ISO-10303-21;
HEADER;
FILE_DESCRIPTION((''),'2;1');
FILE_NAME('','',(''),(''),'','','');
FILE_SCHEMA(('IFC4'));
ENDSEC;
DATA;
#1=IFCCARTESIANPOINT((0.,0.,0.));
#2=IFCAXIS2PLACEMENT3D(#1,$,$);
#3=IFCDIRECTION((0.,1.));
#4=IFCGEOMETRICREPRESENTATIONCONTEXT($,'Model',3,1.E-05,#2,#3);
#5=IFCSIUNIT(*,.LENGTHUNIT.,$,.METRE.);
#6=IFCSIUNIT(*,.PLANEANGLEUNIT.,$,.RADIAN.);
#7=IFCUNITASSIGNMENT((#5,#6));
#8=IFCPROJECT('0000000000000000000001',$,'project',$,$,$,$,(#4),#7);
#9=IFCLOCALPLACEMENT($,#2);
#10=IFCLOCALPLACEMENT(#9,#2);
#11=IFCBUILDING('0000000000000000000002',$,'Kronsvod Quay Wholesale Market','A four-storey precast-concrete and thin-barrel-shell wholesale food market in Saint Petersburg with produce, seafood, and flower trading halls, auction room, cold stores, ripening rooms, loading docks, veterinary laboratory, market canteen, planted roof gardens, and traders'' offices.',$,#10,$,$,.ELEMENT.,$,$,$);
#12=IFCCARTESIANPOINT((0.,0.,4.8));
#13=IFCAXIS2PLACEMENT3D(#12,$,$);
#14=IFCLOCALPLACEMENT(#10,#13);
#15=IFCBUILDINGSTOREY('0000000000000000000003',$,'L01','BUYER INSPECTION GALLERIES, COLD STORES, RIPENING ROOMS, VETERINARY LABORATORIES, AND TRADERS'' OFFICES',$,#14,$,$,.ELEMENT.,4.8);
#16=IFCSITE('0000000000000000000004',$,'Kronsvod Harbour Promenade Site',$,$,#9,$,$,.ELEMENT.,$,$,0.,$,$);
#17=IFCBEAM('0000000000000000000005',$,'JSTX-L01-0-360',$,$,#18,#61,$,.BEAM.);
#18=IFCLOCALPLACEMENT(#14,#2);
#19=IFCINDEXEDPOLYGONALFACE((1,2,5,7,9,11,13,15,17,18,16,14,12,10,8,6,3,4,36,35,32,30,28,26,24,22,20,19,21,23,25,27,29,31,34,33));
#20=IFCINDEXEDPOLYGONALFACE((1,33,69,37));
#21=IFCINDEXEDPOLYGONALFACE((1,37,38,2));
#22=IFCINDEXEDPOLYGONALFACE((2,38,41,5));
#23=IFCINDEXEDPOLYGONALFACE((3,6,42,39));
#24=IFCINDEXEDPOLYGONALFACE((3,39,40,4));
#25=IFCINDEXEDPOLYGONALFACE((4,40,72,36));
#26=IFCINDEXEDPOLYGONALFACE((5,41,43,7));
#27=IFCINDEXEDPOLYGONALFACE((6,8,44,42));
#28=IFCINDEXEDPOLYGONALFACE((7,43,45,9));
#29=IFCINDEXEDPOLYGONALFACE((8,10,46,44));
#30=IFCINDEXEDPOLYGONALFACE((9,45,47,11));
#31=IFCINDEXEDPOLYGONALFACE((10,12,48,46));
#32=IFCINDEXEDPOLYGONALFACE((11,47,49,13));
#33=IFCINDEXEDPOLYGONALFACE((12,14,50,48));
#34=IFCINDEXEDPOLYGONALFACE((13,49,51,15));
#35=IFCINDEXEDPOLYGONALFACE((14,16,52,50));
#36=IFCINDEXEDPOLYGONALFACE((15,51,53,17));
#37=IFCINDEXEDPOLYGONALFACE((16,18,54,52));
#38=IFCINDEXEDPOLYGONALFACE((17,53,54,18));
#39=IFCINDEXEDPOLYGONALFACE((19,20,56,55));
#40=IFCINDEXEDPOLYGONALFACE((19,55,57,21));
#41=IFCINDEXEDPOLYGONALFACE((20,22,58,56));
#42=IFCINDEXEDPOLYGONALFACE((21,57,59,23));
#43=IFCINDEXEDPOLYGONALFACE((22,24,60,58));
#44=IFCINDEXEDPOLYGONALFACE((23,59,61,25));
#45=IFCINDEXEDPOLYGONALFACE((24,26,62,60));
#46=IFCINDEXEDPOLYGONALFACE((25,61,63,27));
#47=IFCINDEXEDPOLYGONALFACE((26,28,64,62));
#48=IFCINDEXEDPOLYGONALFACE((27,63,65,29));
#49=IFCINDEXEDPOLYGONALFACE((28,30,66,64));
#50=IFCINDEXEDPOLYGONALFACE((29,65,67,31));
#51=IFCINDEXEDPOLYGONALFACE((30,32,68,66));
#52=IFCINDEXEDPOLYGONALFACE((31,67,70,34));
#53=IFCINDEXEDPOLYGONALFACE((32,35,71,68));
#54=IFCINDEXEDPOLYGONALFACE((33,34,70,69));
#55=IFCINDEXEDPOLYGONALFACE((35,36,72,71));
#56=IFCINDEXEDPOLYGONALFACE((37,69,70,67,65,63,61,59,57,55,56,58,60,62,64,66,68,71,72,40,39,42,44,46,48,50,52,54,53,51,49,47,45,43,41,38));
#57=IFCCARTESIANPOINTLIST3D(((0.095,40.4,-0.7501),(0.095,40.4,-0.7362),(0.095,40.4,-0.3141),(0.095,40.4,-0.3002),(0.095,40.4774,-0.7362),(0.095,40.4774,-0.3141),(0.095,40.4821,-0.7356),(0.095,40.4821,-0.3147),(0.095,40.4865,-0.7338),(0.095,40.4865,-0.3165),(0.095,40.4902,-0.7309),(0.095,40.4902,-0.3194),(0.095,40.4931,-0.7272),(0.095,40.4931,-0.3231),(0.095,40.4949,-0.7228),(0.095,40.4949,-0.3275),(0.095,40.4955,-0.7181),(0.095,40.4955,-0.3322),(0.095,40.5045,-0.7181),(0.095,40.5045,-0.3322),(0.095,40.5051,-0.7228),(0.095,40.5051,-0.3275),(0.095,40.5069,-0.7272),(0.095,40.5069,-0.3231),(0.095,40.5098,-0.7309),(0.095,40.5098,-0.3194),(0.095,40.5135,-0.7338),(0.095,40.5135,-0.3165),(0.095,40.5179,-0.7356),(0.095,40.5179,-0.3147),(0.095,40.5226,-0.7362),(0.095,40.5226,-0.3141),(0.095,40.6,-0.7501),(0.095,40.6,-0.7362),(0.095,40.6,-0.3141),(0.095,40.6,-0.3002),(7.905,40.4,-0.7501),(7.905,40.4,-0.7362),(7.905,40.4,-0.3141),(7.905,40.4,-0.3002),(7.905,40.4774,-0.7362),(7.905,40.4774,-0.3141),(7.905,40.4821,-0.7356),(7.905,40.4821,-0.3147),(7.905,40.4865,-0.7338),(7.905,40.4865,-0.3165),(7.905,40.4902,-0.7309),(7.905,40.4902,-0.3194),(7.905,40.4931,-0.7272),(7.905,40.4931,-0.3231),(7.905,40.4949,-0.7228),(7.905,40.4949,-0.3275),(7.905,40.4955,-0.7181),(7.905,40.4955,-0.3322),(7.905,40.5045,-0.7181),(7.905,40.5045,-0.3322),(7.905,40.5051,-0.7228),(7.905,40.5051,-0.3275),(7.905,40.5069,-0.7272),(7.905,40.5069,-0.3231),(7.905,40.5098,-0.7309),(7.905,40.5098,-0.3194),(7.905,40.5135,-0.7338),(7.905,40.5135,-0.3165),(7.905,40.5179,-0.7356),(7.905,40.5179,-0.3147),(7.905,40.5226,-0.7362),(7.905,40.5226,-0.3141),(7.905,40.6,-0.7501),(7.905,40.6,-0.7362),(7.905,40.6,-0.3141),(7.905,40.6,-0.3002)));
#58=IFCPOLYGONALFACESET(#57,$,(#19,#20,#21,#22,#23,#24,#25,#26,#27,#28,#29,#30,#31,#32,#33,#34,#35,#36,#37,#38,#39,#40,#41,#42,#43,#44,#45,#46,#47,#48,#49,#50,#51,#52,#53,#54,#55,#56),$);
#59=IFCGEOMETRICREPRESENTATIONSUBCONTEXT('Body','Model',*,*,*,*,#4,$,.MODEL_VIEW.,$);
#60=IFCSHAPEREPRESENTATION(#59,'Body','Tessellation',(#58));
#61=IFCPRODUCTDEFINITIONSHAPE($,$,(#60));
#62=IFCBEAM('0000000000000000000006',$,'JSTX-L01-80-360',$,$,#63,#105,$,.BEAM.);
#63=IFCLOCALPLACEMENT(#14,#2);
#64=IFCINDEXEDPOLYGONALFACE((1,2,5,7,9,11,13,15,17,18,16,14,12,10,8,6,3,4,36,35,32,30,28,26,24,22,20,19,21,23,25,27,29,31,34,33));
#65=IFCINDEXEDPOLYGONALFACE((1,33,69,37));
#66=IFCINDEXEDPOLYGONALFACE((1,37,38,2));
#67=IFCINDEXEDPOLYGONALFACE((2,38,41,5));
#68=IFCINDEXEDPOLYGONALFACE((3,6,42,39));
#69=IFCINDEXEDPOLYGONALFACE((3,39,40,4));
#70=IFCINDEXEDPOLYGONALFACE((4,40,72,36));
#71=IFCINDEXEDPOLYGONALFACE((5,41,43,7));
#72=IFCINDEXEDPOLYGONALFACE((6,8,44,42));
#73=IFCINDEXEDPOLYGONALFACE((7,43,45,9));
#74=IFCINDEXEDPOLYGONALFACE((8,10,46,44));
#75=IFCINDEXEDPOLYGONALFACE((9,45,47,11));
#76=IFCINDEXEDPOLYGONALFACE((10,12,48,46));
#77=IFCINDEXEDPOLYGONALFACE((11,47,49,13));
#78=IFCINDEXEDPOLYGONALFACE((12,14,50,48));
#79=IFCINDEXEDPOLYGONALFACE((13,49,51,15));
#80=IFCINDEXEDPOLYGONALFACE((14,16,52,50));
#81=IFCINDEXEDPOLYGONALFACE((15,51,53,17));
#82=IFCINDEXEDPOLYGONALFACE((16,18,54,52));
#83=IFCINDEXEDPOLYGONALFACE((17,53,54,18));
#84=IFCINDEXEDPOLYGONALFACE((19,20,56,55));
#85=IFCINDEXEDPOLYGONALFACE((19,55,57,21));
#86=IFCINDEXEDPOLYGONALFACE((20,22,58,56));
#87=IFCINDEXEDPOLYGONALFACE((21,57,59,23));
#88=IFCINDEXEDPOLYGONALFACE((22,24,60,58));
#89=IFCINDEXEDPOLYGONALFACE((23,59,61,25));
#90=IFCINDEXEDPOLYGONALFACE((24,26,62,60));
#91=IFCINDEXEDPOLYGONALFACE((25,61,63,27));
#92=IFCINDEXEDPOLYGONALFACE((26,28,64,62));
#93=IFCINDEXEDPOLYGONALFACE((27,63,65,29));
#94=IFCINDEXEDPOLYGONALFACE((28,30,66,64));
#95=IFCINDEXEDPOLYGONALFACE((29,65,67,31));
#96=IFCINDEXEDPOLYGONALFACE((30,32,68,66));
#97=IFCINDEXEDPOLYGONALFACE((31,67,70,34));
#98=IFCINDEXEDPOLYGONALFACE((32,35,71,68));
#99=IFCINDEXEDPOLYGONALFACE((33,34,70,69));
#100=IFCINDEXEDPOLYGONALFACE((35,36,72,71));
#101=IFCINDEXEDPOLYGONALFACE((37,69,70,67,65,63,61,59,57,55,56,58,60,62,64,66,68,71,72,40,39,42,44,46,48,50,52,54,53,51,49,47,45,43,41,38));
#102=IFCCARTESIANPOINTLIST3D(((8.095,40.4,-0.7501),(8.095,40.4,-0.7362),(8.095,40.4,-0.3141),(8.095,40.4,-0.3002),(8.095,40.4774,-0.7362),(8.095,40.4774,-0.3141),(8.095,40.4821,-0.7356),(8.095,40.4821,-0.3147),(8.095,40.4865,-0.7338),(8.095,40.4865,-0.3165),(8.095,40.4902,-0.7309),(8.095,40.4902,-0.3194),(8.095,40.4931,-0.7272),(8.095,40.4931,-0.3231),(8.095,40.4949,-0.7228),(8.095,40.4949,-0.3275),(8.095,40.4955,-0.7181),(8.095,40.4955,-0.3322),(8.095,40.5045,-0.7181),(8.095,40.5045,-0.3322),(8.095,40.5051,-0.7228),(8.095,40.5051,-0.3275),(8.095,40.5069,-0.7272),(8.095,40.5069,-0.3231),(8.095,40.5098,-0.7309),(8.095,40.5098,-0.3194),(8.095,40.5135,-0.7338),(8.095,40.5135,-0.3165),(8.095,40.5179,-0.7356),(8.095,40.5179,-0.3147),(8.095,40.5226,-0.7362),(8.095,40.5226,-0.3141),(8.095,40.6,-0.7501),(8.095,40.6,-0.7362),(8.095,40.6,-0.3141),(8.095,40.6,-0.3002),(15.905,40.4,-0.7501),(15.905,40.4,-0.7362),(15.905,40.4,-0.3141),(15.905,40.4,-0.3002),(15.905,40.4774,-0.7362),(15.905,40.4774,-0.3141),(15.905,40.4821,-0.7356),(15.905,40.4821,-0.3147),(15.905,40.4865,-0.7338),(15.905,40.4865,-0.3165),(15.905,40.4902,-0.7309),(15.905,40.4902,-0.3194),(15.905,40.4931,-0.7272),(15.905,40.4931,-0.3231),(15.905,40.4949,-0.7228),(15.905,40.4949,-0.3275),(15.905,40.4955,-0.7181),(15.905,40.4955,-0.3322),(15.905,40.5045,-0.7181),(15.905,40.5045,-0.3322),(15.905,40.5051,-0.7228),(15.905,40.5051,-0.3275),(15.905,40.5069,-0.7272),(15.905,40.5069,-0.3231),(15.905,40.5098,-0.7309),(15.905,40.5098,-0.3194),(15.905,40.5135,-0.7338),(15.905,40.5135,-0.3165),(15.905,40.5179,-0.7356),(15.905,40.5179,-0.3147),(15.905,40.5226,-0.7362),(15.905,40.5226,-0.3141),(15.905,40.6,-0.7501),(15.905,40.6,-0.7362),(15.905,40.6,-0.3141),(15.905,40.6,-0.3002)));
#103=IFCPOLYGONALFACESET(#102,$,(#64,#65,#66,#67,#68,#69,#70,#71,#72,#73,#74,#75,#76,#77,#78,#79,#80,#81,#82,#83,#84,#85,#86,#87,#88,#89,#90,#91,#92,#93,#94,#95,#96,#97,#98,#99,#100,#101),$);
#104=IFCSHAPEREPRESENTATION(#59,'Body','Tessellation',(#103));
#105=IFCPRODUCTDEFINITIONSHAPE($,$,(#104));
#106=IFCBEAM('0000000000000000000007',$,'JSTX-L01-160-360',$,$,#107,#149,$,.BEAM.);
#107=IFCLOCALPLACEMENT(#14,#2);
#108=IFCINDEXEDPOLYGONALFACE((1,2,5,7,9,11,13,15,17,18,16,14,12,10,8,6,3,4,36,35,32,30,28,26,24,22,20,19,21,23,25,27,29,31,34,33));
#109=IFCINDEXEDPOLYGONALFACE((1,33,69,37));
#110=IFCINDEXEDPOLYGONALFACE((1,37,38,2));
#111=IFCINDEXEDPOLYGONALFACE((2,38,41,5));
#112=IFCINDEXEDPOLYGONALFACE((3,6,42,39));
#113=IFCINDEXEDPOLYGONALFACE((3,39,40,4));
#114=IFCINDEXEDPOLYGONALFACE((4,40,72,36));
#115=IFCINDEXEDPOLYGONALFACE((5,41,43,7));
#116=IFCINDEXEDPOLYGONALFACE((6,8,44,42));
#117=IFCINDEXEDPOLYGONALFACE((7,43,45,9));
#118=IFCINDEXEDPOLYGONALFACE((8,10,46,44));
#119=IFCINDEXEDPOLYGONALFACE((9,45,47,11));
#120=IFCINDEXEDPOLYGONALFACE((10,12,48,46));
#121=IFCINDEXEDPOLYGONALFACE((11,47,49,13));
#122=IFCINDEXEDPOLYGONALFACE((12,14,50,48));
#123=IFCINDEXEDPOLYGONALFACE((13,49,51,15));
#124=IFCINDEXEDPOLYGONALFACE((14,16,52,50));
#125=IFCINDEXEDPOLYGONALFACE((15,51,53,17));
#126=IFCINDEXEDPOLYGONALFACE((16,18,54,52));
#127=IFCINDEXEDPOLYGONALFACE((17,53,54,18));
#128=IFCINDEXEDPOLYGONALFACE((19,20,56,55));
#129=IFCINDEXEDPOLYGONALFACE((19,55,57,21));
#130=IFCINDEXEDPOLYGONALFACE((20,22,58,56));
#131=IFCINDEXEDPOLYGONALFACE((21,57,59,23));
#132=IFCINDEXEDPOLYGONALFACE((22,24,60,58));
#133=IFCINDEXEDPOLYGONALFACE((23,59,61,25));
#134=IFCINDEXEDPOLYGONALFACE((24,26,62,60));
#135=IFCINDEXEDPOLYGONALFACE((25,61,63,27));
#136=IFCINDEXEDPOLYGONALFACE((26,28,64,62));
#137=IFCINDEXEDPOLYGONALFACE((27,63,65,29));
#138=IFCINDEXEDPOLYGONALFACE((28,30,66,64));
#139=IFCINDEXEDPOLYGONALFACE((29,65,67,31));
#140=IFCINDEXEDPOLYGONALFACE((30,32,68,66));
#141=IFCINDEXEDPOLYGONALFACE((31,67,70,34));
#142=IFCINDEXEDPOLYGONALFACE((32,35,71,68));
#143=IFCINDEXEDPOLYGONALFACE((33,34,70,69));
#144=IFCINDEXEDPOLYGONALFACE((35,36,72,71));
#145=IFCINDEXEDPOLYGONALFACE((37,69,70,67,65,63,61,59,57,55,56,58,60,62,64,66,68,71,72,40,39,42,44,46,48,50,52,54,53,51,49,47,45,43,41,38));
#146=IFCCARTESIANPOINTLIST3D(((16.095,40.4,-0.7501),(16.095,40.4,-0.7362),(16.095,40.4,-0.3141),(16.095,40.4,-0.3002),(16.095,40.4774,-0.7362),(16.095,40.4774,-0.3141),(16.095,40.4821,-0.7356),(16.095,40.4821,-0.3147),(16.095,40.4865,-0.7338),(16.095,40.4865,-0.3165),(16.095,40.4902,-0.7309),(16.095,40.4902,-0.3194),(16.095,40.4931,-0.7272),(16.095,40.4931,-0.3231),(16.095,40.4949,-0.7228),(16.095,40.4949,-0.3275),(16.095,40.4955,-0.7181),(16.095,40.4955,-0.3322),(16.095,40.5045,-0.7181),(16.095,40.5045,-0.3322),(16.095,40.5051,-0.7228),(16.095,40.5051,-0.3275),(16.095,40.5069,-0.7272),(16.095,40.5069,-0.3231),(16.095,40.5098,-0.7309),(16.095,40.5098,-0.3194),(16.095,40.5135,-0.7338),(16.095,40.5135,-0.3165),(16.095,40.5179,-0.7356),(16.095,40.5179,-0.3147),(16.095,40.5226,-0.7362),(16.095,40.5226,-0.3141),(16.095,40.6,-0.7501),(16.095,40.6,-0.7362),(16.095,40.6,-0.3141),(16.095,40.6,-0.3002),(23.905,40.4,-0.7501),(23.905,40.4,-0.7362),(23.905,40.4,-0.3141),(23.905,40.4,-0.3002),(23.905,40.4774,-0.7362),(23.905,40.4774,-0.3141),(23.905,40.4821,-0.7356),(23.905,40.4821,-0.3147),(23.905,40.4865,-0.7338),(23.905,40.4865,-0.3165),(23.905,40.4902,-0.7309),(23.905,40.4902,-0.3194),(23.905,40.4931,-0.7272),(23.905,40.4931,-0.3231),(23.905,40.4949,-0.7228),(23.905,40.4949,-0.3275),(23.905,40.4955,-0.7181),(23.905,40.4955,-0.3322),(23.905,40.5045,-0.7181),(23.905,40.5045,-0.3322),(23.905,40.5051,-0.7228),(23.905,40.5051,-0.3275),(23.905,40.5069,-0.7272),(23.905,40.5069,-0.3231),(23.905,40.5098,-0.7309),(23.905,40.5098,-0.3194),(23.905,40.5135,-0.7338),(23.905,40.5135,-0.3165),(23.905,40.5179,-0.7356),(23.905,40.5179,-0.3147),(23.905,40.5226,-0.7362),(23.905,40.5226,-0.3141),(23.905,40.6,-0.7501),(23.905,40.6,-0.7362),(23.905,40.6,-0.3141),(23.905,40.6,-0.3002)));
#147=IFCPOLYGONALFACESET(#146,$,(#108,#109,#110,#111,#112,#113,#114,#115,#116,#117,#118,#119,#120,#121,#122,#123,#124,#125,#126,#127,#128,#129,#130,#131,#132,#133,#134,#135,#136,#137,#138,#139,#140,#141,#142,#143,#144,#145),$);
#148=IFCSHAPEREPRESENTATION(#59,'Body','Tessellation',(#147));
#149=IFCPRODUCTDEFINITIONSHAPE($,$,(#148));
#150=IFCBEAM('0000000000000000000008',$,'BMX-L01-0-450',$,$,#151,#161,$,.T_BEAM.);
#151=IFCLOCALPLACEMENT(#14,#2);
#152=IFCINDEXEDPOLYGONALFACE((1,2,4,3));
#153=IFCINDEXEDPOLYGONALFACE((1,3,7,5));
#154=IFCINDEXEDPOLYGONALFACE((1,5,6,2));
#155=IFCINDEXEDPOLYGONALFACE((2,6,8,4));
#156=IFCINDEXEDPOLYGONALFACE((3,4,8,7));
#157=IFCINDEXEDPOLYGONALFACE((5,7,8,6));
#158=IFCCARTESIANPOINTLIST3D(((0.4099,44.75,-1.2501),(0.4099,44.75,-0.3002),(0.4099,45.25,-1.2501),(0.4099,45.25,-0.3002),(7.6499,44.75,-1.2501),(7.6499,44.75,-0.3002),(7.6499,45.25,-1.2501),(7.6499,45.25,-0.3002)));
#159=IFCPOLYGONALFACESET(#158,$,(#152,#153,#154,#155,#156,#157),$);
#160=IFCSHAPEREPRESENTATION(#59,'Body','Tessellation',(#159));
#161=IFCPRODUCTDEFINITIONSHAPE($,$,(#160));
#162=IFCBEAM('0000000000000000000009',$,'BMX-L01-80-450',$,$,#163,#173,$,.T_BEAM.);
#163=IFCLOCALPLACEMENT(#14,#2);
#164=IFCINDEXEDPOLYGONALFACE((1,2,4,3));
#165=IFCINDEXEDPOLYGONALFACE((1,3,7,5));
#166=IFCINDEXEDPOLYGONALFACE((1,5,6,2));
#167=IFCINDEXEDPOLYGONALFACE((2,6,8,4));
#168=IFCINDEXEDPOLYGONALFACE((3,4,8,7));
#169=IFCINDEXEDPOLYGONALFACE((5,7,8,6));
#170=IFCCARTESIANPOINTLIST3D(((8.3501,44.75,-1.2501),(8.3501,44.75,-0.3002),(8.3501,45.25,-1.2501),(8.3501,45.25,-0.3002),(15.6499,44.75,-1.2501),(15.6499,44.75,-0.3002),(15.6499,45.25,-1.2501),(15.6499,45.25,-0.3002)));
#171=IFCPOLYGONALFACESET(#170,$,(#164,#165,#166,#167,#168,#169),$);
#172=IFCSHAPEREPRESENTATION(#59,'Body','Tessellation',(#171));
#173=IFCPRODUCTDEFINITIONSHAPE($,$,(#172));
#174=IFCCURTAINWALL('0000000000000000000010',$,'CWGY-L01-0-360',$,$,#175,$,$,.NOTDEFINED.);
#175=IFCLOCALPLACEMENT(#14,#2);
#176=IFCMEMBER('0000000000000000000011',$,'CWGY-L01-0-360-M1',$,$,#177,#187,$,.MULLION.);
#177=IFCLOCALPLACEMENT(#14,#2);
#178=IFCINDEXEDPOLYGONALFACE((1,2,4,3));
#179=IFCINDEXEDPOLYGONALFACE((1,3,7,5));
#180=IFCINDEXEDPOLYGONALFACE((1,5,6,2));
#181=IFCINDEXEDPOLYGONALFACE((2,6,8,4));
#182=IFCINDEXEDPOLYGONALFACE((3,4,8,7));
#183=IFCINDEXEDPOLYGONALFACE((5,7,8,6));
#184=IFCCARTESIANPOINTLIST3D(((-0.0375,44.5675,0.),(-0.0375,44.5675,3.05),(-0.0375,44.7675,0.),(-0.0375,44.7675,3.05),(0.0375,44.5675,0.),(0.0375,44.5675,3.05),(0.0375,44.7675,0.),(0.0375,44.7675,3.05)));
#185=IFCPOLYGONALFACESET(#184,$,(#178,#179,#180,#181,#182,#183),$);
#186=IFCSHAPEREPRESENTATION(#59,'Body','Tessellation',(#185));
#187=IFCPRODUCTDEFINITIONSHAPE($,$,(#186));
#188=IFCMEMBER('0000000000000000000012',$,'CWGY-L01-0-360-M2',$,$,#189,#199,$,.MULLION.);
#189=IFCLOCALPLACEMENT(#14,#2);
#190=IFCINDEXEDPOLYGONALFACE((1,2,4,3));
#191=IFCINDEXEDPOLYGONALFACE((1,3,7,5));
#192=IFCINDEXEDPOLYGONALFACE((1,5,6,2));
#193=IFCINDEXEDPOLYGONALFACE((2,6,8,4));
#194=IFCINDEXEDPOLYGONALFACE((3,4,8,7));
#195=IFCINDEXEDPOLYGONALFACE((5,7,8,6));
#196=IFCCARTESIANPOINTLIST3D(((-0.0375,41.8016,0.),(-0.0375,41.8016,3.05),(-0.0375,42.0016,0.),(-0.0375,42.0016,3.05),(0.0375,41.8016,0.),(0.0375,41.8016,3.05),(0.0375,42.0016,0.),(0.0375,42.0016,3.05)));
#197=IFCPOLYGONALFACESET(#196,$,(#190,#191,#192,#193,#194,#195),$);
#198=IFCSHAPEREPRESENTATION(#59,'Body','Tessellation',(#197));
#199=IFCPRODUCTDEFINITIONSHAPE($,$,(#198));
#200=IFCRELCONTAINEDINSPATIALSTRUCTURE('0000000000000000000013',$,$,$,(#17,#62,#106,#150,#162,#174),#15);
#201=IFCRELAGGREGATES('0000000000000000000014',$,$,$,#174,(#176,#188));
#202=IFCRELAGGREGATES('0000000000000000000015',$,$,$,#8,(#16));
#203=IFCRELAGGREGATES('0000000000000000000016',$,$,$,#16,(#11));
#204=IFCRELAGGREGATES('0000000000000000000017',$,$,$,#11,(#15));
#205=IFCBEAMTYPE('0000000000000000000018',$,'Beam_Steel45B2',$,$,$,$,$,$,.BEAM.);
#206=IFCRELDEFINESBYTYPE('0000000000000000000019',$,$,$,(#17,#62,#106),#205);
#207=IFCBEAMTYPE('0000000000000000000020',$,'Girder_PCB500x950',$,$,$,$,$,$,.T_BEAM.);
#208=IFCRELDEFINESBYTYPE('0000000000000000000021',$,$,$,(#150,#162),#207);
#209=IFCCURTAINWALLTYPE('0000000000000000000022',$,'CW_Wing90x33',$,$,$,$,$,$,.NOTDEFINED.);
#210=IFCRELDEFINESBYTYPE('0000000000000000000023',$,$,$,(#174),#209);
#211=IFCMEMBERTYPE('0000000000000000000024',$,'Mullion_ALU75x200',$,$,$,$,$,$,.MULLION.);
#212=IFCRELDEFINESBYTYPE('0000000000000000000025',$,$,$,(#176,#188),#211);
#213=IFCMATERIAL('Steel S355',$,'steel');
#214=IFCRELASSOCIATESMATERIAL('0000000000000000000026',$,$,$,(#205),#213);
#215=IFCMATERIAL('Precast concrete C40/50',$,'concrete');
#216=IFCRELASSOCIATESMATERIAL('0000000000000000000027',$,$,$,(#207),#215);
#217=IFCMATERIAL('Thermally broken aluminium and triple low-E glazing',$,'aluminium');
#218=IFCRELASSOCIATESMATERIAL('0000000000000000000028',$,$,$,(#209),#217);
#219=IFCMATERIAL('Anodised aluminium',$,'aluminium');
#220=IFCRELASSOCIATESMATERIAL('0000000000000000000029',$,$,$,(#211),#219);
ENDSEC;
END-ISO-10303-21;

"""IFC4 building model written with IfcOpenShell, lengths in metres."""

from ifc_helpers import new_model, si_unit, direction, frame, origin, origin_2d, place, context, subcontext, project, spatial, rectangle, i_section, extrude, material, material_profile, profile_set, type_object, element, aggregate, save


model = new_model("IFC4")

# Units and contexts
model_context = context("Model", 3, precision=1e-05, world=origin(), true_north=direction((0.0, 1.0)))
body_context = subcontext(model_context, "Body", "Model", "MODEL_VIEW")
ifc_project = project(units=[si_unit("LENGTHUNIT", "METRE"), si_unit("PLANEANGLEUNIT", "RADIAN")], contexts=[model_context])

# Site, building, storey
site_placement = place(None, origin())
site = spatial("IfcSite", under=ifc_project, at=site_placement, Name="Kronsvod Harbour Promenade Site", CompositionType="ELEMENT", RefElevation=0.0)
building_placement = place(site_placement, origin())
building = spatial("IfcBuilding", under=site, at=building_placement, Name="Kronsvod Quay Wholesale Market", Description="A four-storey precast-concrete and thin-barrel-shell wholesale food market in Saint Petersburg with produce, seafood, and flower trading halls, auction room, cold stores, ripening rooms, loading docks, veterinary laboratory, market canteen, planted roof gardens, and traders' offices.", CompositionType="ELEMENT")
storey_placement = place(building_placement, frame((0.0, 0.0, 4.8)))
storey = spatial("IfcBuildingStorey", under=building, at=storey_placement, Name="L01", Description="BUYER INSPECTION GALLERIES, COLD STORES, RIPENING ROOMS, VETERINARY LABORATORIES, AND TRADERS' OFFICES", CompositionType="ELEMENT", Elevation=4.8)

# Beams
ifc_material_1 = material(Name="Steel S355", Category="steel")
ifc_material_profile_1 = material_profile(ifc_material_1, i_section(OverallWidth=0.2, OverallDepth=0.45, WebThickness=0.009, FlangeThickness=0.0139, FilletRadius=0.0181, at=origin_2d()), Name="45B2")
ifc_profile_set_1 = profile_set([ifc_material_profile_1], Name="Steel S355")
beam_type_1 = type_object("IfcBeamType", Name="Beam_Steel45B2", PredefinedType="BEAM", material=ifc_profile_set_1)
for number, where, z_axis, x_axis, name in (
    (1, (0.095, 40.5, -0.5251), (1.0, 0.0, 0.0), (0.0, 1.0, 0.0), "JSTX-L01-0-360"),
    (2, (8.095, 40.5, -0.5251), (1.0, 0.0, 0.0), (0.0, 1.0, 0.0), "JSTX-L01-80-360"),
    (3, (16.095, 40.5, -0.5251), (1.0, 0.0, 0.0), (0.0, 1.0, 0.0), "JSTX-L01-160-360"),
):
    element("IfcBeam", number, at=place(storey_placement, frame(where, z_axis=z_axis, x_axis=x_axis)), inside=storey, type_object=beam_type_1, Name=name, PredefinedType="BEAM", context=body_context, shape_type="SweptSolid", body=[
        extrude(i_section(OverallWidth=0.2, OverallDepth=0.45, WebThickness=0.009, FlangeThickness=0.0139, FilletRadius=0.0181, at=origin_2d()), origin(), (0.0, 0.0, 1.0), 7.8101),
    ])
ifc_material_2 = material(Name="Precast concrete C40/50", Category="concrete")
ifc_material_profile_2 = material_profile(ifc_material_2, rectangle(XDim=0.5, YDim=0.95, at=origin_2d()), Name="PCB500x950")
ifc_profile_set_2 = profile_set([ifc_material_profile_2], Name="Precast concrete C40/50")
beam_type_2 = type_object("IfcBeamType", Name="Girder_PCB500x950", PredefinedType="T_BEAM", material=ifc_profile_set_2)
beam_1_placement = place(storey_placement, frame((0.4099, 45.0, -0.7751), z_axis=(1.0, 0.0, 0.0), x_axis=(0.0, 1.0, 0.0)))
element("IfcBeam", 4, at=beam_1_placement, inside=storey, type_object=beam_type_2, Name="BMX-L01-0-450", PredefinedType="T_BEAM", context=body_context, shape_type="SweptSolid", body=[
    extrude(rectangle(XDim=0.5, YDim=0.95, at=origin_2d()), origin(), (0.0, 0.0, 1.0), 7.24),
])
beam_2_placement = place(storey_placement, frame((8.3501, 45.0, -0.7751), z_axis=(1.0, 0.0, 0.0), x_axis=(0.0, 1.0, 0.0)))
element("IfcBeam", 5, at=beam_2_placement, inside=storey, type_object=beam_type_2, Name="BMX-L01-80-450", PredefinedType="T_BEAM", context=body_context, shape_type="SweptSolid", body=[
    extrude(rectangle(XDim=0.5, YDim=0.95, at=origin_2d()), origin(), (0.0, 0.0, 1.0), 7.2998),
])

# Curtain wall, members
ifc_material_3 = material(Name="Thermally broken aluminium and triple low-E glazing", Category="aluminium")
curtain_wall_type = type_object("IfcCurtainWallType", Name="CW_Wing90x33", PredefinedType="NOTDEFINED", material=ifc_material_3)
curtain_wall_1_placement = place(storey_placement, origin())
curtain_wall_1 = element("IfcCurtainWall", 6, at=curtain_wall_1_placement, inside=storey, type_object=curtain_wall_type, Name="CWGY-L01-0-360", PredefinedType="NOTDEFINED")
ifc_material_4 = material(Name="Anodised aluminium", Category="aluminium")
ifc_material_profile_3 = material_profile(ifc_material_4, rectangle(XDim=0.075, YDim=0.2, at=origin_2d()), Name="ALUM75x200")
ifc_profile_set_3 = profile_set([ifc_material_profile_3], Name="Anodised aluminium")
member_type_1 = type_object("IfcMemberType", Name="Mullion_ALU75x200", PredefinedType="MULLION", material=ifc_profile_set_3)
member_1_placement = place(storey_placement, frame((0.0, 44.6675, 0.0), z_axis=(0.0, 0.0, 1.0), x_axis=(1.0, 0.0, 0.0)))
member_1 = element("IfcMember", 7, at=member_1_placement, type_object=member_type_1, Name="CWGY-L01-0-360-M1", PredefinedType="MULLION", context=body_context, shape_type="SweptSolid", body=[
    extrude(rectangle(XDim=0.075, YDim=0.2, at=origin_2d()), origin(), (0.0, 0.0, 1.0), 3.05),
])
member_2_placement = place(storey_placement, frame((0.0, 41.9016, 0.0), z_axis=(0.0, 0.0, 1.0), x_axis=(1.0, 0.0, 0.0)))
member_2 = element("IfcMember", 8, at=member_2_placement, type_object=member_type_1, Name="CWGY-L01-0-360-M2", PredefinedType="MULLION", context=body_context, shape_type="SweptSolid", body=[
    extrude(rectangle(XDim=0.075, YDim=0.2, at=origin_2d()), origin(), (0.0, 0.0, 1.0), 3.05),
])

aggregate(curtain_wall_1, [member_1, member_2])

save(model, "model.ifc")
